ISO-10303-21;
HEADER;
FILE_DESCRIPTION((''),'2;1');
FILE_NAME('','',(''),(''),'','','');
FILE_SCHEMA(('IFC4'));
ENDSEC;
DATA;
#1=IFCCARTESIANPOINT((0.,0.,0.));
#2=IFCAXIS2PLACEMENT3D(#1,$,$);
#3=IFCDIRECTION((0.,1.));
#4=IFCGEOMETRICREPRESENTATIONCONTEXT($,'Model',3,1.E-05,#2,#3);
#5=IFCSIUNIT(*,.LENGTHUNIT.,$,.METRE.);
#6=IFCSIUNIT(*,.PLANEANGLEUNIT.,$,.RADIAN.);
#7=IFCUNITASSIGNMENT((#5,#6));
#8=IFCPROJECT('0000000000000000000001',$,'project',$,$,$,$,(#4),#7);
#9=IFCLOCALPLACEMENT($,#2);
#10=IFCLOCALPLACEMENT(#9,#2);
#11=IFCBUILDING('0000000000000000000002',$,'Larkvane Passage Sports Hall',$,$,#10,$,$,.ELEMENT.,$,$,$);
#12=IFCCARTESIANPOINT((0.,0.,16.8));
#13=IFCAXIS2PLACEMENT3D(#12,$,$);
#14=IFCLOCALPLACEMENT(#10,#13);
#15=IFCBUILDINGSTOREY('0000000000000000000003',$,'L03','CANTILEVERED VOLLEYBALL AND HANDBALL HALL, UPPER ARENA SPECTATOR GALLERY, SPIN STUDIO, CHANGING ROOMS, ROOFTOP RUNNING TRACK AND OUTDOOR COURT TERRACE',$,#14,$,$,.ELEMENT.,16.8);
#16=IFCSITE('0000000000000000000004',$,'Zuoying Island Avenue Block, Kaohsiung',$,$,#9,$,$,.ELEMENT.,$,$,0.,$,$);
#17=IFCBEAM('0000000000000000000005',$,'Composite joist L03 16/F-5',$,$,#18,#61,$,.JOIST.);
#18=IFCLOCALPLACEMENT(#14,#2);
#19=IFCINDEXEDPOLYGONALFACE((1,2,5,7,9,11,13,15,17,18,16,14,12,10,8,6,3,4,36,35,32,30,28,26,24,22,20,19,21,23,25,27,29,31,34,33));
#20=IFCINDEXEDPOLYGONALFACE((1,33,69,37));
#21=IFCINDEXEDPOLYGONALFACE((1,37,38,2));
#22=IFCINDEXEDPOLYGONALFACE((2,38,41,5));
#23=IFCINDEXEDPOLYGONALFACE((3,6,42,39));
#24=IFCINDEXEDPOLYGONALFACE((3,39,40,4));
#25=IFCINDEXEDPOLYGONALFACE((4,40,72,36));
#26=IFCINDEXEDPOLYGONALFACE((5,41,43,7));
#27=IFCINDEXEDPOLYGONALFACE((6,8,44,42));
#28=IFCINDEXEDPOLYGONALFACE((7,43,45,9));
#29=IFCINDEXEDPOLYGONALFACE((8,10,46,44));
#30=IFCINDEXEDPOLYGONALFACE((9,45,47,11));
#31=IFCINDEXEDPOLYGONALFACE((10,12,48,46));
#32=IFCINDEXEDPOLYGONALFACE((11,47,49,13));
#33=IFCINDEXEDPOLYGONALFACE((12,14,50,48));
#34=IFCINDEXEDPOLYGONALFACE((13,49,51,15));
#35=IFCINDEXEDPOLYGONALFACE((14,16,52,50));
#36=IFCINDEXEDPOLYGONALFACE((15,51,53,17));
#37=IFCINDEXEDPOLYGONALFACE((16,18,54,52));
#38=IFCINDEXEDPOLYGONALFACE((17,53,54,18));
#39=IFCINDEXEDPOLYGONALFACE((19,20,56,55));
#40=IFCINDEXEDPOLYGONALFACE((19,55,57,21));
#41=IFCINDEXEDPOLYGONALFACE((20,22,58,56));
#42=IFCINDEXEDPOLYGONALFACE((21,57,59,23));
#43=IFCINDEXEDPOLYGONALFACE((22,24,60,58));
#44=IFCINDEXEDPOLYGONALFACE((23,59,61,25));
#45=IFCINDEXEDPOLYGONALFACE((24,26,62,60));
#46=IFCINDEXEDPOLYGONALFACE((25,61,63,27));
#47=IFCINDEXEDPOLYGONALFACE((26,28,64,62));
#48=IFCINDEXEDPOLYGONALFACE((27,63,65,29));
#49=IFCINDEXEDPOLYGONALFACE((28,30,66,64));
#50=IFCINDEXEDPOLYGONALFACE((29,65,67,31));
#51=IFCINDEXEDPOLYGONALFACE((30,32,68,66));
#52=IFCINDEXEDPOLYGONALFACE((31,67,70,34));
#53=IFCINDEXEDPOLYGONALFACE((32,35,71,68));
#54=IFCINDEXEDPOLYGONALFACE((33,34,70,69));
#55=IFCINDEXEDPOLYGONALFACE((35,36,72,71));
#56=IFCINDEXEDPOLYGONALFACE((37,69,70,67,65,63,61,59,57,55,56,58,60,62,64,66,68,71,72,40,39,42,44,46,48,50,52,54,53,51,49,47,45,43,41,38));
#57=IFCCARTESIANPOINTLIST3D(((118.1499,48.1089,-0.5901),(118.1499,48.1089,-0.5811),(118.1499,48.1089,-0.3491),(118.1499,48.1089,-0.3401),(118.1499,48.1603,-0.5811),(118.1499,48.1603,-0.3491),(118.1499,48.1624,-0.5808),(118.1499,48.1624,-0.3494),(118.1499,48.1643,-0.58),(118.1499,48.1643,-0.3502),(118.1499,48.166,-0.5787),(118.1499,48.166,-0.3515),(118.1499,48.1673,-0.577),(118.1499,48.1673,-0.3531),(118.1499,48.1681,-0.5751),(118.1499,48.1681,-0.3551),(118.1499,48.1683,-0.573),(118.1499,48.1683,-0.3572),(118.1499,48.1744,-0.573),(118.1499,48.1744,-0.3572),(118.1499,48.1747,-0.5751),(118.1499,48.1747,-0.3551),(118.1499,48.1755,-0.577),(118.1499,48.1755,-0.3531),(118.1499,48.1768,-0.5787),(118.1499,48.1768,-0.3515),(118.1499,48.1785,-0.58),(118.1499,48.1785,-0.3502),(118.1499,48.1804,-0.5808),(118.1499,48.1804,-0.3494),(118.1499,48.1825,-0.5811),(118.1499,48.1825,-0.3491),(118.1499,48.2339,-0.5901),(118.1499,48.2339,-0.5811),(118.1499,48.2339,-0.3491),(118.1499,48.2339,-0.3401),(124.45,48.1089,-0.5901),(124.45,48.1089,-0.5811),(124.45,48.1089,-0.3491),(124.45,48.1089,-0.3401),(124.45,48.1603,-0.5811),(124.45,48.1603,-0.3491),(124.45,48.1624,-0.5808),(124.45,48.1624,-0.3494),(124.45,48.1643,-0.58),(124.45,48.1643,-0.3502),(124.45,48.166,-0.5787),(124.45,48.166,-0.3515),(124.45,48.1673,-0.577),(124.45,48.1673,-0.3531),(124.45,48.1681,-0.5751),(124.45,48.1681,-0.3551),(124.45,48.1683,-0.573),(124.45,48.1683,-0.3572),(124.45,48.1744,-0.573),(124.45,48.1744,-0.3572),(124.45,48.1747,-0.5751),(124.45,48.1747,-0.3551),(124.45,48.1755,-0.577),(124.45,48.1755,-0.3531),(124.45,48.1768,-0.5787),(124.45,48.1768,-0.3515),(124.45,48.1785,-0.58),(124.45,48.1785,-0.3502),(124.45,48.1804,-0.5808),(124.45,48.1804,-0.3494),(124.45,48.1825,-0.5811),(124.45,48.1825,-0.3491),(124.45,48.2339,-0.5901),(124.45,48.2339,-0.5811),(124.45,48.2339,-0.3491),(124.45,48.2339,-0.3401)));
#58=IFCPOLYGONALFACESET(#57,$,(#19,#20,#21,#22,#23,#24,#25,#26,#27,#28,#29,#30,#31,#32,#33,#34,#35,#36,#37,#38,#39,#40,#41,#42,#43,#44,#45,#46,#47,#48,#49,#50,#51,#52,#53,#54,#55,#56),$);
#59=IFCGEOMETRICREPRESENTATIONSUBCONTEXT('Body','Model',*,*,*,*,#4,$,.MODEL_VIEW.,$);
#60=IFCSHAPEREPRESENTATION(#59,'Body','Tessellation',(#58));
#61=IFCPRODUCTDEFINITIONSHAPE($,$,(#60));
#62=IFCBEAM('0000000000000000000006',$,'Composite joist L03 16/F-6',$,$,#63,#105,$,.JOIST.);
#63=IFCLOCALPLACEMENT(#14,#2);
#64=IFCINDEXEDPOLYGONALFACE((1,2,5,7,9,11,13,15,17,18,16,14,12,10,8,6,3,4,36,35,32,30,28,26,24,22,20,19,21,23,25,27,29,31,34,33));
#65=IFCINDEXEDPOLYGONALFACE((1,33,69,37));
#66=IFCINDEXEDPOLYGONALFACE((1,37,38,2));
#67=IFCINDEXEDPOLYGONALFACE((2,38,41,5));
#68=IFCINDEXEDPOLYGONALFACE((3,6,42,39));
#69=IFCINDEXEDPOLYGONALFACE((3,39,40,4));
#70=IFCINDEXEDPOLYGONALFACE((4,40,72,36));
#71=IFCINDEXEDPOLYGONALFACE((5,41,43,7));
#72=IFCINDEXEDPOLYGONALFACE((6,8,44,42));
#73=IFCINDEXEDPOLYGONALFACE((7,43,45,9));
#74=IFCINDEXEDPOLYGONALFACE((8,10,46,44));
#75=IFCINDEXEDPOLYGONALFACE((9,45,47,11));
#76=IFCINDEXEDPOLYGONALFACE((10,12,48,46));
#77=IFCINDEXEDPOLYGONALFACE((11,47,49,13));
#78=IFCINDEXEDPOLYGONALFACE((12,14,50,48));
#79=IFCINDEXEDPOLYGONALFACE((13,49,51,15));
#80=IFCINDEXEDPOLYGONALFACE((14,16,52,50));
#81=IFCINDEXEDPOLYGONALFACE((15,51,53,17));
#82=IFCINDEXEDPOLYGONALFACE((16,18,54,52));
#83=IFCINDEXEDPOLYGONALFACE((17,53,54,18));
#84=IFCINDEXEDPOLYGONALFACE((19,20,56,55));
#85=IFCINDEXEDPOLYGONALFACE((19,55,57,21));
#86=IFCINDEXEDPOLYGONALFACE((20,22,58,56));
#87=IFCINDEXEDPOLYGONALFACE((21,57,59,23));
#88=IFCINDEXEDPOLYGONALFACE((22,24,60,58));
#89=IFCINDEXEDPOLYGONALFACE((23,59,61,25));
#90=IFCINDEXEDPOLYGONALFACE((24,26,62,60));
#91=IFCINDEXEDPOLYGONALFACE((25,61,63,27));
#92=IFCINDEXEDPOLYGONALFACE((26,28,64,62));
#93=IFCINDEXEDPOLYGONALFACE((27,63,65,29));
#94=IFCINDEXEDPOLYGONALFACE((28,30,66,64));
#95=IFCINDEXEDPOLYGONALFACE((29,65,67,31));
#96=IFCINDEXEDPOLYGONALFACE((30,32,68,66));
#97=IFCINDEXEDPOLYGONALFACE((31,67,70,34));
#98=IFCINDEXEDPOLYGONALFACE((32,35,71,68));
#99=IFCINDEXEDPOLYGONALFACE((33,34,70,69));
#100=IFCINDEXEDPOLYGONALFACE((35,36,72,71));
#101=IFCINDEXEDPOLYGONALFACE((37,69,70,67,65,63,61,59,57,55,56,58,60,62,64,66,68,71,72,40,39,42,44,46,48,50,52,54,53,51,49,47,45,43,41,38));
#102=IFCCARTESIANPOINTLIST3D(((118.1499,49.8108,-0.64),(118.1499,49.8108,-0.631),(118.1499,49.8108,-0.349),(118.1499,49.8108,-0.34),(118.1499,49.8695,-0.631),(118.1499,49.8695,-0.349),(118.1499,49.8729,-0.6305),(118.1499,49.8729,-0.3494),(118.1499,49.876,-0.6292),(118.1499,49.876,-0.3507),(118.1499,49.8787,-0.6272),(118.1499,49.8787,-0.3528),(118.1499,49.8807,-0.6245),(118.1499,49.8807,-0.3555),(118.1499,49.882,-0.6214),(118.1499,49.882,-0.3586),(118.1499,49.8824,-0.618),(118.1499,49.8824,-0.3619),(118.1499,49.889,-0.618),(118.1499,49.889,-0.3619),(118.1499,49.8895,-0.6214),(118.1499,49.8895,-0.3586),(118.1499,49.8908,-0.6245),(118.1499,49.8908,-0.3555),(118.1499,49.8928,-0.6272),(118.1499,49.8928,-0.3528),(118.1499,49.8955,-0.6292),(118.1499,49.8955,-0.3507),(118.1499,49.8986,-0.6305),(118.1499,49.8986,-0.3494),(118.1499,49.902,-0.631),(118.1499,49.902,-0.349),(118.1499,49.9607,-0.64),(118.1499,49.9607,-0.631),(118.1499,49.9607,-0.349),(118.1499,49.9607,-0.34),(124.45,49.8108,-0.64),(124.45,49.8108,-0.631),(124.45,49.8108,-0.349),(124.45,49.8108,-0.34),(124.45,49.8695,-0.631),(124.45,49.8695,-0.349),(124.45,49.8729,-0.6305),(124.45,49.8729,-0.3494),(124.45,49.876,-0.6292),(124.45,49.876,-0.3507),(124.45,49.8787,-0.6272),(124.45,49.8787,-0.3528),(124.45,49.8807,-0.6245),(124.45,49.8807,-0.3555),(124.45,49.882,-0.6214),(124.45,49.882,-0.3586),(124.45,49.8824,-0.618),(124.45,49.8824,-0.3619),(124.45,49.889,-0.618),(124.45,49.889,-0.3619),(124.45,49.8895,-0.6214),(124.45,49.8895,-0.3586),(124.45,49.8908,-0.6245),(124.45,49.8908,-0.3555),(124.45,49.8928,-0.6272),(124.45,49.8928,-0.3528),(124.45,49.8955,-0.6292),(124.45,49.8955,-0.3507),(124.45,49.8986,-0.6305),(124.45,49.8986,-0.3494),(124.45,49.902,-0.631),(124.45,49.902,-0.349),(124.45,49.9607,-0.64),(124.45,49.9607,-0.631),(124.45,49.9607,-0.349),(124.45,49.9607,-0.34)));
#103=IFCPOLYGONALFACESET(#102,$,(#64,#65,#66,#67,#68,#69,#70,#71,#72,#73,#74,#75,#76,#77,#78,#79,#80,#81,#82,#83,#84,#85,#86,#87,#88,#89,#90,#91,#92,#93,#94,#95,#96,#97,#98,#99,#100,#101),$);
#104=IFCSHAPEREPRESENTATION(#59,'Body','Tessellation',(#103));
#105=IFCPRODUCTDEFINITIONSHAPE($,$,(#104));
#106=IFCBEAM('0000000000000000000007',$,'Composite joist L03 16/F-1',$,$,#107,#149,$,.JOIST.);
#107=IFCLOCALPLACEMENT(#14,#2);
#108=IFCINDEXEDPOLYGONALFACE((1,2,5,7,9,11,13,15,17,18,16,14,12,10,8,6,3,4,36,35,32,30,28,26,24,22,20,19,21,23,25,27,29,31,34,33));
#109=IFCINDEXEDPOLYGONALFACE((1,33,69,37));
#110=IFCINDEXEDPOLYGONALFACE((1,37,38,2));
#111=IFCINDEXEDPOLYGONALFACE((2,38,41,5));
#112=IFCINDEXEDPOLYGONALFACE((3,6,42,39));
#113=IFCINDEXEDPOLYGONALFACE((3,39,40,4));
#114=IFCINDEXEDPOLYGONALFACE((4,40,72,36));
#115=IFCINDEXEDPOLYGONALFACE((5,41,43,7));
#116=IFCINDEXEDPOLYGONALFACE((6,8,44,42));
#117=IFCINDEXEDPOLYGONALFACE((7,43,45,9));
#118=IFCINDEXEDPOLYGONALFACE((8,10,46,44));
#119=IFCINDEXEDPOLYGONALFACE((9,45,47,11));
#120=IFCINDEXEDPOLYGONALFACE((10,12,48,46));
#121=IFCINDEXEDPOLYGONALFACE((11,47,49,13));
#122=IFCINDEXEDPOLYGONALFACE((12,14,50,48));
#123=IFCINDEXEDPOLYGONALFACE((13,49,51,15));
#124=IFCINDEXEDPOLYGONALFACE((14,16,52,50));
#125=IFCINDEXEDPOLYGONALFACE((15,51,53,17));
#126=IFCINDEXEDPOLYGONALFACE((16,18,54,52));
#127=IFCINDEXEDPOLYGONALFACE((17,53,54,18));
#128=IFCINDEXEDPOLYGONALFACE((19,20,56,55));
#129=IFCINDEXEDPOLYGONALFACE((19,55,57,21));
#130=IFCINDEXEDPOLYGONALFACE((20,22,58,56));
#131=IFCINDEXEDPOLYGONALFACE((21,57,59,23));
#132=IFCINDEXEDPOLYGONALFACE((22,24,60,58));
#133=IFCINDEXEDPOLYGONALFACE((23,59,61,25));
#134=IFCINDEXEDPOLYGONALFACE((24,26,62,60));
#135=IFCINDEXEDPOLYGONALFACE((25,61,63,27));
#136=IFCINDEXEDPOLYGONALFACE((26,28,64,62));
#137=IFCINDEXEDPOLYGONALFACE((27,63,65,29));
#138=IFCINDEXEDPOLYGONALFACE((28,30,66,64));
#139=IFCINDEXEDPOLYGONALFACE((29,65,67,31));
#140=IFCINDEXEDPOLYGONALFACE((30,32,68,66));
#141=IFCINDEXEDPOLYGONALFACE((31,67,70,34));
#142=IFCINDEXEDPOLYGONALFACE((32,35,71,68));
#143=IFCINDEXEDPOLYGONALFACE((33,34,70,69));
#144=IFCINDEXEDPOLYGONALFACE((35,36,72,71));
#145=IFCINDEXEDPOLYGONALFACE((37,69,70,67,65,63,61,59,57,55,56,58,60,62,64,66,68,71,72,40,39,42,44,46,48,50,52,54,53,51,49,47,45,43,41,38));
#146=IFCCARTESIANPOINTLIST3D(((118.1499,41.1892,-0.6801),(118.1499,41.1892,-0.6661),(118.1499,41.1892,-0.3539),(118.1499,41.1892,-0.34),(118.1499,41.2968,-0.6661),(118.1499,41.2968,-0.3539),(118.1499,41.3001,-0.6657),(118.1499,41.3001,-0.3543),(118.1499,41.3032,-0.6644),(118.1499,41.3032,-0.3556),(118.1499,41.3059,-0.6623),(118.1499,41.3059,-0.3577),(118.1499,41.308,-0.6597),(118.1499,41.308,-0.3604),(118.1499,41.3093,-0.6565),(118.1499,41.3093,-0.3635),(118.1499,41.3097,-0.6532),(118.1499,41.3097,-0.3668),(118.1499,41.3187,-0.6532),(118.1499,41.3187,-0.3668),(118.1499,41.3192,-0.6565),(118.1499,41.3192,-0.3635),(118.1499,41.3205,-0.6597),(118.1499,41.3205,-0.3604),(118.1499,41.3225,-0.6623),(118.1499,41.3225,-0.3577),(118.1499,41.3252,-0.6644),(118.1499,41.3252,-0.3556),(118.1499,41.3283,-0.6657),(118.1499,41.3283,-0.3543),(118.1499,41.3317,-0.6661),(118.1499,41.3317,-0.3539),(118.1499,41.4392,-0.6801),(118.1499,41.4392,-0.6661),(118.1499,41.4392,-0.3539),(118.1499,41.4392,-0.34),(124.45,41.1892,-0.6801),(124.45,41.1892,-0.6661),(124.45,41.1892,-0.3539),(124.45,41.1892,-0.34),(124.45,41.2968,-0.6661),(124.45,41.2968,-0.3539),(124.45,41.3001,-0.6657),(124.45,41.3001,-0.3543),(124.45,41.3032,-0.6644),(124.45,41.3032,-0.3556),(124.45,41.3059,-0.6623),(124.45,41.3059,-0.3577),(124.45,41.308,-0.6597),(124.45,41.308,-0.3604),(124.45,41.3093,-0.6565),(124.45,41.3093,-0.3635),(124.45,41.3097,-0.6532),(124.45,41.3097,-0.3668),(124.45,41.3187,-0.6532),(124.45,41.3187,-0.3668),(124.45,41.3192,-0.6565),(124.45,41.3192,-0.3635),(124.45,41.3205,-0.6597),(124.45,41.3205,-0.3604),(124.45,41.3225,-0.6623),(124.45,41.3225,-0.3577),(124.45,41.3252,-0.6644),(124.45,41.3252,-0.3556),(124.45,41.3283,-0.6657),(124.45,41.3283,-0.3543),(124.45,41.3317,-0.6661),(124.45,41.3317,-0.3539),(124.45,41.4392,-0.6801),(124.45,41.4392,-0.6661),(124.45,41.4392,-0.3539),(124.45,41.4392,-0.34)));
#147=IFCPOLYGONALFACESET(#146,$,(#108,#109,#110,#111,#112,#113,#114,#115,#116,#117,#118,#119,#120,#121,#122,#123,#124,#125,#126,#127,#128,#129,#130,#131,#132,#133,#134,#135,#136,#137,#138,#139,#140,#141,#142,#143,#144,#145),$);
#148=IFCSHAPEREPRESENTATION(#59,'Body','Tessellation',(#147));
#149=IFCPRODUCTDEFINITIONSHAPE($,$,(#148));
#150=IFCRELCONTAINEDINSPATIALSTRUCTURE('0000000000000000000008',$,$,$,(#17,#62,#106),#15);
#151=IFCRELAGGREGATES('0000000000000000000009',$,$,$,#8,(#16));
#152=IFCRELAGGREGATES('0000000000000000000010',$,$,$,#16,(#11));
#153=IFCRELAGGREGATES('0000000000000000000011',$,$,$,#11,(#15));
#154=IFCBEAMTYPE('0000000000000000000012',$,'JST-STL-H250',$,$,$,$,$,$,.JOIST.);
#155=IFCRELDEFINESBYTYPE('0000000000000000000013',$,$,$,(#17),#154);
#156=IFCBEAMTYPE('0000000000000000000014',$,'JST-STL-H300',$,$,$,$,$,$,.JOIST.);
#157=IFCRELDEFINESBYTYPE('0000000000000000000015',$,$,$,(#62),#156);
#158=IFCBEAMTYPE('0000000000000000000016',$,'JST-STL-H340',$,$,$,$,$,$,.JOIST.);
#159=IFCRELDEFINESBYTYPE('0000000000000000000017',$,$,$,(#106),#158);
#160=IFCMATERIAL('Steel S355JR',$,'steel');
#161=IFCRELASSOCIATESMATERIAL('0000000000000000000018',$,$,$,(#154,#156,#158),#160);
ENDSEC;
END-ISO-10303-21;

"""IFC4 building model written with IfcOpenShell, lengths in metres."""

from ifc_helpers import new_model, si_unit, direction, frame, origin, origin_2d, place, context, subcontext, project, spatial, i_section, extrude, material, material_profile, profile_set, type_object, element, save


model = new_model("IFC4")

# Units and contexts
model_context = context("Model", 3, precision=1e-05, world=origin(), true_north=direction((0.0, 1.0)))
body_context = subcontext(model_context, "Body", "Model", "MODEL_VIEW")
ifc_project = project(units=[si_unit("LENGTHUNIT", "METRE"), si_unit("PLANEANGLEUNIT", "RADIAN")], contexts=[model_context])

# Site, building, storey
site_placement = place(None, origin())
site = spatial("IfcSite", under=ifc_project, at=site_placement, Name="Zuoying Island Avenue Block, Kaohsiung", CompositionType="ELEMENT", RefElevation=0.0)
building_placement = place(site_placement, origin())
building = spatial("IfcBuilding", under=site, at=building_placement, Name="Larkvane Passage Sports Hall", CompositionType="ELEMENT")
storey_placement = place(building_placement, frame((0.0, 0.0, 16.8)))
storey = spatial("IfcBuildingStorey", under=building, at=storey_placement, Name="L03", Description="CANTILEVERED VOLLEYBALL AND HANDBALL HALL, UPPER ARENA SPECTATOR GALLERY, SPIN STUDIO, CHANGING ROOMS, ROOFTOP RUNNING TRACK AND OUTDOOR COURT TERRACE", CompositionType="ELEMENT", Elevation=16.8)

# Beams
ifc_material_1 = material(Name="Steel S355JR", Category="steel")
ifc_material_profile_1 = material_profile(ifc_material_1, i_section(OverallWidth=0.125, OverallDepth=0.25, WebThickness=0.0061, FlangeThickness=0.009, FilletRadius=0.0081, at=origin_2d()), Name="H-250x125x6x9")
ifc_profile_set_1 = profile_set([ifc_material_profile_1], Name="Steel S355JR")
beam_type_1 = type_object("IfcBeamType", Name="JST-STL-H250", PredefinedType="JOIST", material=ifc_profile_set_1)
beam_1_placement = place(storey_placement, frame((118.1499, 48.1714, -0.4651), z_axis=(1.0, 0.0, 0.0), x_axis=(0.0, 1.0, 0.0)))
element("IfcBeam", 1, at=beam_1_placement, inside=storey, type_object=beam_type_1, Name="Composite joist L03 16/F-5", PredefinedType="JOIST", context=body_context, shape_type="SweptSolid", body=[
    extrude(i_section(OverallWidth=0.125, OverallDepth=0.25, WebThickness=0.0061, FlangeThickness=0.009, FilletRadius=0.0081, at=origin_2d()), origin(), (0.0, 0.0, 1.0), 6.3),
])
ifc_material_profile_2 = material_profile(ifc_material_1, i_section(OverallWidth=0.1499, OverallDepth=0.3, WebThickness=0.0066, FlangeThickness=0.009, FilletRadius=0.0129, at=origin_2d()), Name="H-300x150x6.5x9")
ifc_profile_set_2 = profile_set([ifc_material_profile_2], Name="Steel S355JR")
beam_type_2 = type_object("IfcBeamType", Name="JST-STL-H300", PredefinedType="JOIST", material=ifc_profile_set_2)
beam_2_placement = place(storey_placement, frame((118.1499, 49.8857, -0.49), z_axis=(1.0, 0.0, 0.0), x_axis=(0.0, 1.0, 0.0)))
element("IfcBeam", 2, at=beam_2_placement, inside=storey, type_object=beam_type_2, Name="Composite joist L03 16/F-6", PredefinedType="JOIST", context=body_context, shape_type="SweptSolid", body=[
    extrude(i_section(OverallWidth=0.1499, OverallDepth=0.3, WebThickness=0.0066, FlangeThickness=0.009, FilletRadius=0.0129, at=origin_2d()), origin(), (0.0, 0.0, 1.0), 6.3),
])
ifc_material_profile_3 = material_profile(ifc_material_1, i_section(OverallWidth=0.25, OverallDepth=0.3401, WebThickness=0.009, FlangeThickness=0.0139, FilletRadius=0.0129, at=origin_2d()), Name="H-340x250x9x14")
ifc_profile_set_3 = profile_set([ifc_material_profile_3], Name="Steel S355JR")
beam_type_3 = type_object("IfcBeamType", Name="JST-STL-H340", PredefinedType="JOIST", material=ifc_profile_set_3)
beam_3_placement = place(storey_placement, frame((118.1499, 41.3142, -0.51), z_axis=(1.0, 0.0, 0.0), x_axis=(0.0, 1.0, 0.0)))
element("IfcBeam", 3, at=beam_3_placement, inside=storey, type_object=beam_type_3, Name="Composite joist L03 16/F-1", PredefinedType="JOIST", context=body_context, shape_type="SweptSolid", body=[
    extrude(i_section(OverallWidth=0.25, OverallDepth=0.3401, WebThickness=0.009, FlangeThickness=0.0139, FilletRadius=0.0129, at=origin_2d()), origin(), (0.0, 0.0, 1.0), 6.3),
])

save(model, "model.ifc")
